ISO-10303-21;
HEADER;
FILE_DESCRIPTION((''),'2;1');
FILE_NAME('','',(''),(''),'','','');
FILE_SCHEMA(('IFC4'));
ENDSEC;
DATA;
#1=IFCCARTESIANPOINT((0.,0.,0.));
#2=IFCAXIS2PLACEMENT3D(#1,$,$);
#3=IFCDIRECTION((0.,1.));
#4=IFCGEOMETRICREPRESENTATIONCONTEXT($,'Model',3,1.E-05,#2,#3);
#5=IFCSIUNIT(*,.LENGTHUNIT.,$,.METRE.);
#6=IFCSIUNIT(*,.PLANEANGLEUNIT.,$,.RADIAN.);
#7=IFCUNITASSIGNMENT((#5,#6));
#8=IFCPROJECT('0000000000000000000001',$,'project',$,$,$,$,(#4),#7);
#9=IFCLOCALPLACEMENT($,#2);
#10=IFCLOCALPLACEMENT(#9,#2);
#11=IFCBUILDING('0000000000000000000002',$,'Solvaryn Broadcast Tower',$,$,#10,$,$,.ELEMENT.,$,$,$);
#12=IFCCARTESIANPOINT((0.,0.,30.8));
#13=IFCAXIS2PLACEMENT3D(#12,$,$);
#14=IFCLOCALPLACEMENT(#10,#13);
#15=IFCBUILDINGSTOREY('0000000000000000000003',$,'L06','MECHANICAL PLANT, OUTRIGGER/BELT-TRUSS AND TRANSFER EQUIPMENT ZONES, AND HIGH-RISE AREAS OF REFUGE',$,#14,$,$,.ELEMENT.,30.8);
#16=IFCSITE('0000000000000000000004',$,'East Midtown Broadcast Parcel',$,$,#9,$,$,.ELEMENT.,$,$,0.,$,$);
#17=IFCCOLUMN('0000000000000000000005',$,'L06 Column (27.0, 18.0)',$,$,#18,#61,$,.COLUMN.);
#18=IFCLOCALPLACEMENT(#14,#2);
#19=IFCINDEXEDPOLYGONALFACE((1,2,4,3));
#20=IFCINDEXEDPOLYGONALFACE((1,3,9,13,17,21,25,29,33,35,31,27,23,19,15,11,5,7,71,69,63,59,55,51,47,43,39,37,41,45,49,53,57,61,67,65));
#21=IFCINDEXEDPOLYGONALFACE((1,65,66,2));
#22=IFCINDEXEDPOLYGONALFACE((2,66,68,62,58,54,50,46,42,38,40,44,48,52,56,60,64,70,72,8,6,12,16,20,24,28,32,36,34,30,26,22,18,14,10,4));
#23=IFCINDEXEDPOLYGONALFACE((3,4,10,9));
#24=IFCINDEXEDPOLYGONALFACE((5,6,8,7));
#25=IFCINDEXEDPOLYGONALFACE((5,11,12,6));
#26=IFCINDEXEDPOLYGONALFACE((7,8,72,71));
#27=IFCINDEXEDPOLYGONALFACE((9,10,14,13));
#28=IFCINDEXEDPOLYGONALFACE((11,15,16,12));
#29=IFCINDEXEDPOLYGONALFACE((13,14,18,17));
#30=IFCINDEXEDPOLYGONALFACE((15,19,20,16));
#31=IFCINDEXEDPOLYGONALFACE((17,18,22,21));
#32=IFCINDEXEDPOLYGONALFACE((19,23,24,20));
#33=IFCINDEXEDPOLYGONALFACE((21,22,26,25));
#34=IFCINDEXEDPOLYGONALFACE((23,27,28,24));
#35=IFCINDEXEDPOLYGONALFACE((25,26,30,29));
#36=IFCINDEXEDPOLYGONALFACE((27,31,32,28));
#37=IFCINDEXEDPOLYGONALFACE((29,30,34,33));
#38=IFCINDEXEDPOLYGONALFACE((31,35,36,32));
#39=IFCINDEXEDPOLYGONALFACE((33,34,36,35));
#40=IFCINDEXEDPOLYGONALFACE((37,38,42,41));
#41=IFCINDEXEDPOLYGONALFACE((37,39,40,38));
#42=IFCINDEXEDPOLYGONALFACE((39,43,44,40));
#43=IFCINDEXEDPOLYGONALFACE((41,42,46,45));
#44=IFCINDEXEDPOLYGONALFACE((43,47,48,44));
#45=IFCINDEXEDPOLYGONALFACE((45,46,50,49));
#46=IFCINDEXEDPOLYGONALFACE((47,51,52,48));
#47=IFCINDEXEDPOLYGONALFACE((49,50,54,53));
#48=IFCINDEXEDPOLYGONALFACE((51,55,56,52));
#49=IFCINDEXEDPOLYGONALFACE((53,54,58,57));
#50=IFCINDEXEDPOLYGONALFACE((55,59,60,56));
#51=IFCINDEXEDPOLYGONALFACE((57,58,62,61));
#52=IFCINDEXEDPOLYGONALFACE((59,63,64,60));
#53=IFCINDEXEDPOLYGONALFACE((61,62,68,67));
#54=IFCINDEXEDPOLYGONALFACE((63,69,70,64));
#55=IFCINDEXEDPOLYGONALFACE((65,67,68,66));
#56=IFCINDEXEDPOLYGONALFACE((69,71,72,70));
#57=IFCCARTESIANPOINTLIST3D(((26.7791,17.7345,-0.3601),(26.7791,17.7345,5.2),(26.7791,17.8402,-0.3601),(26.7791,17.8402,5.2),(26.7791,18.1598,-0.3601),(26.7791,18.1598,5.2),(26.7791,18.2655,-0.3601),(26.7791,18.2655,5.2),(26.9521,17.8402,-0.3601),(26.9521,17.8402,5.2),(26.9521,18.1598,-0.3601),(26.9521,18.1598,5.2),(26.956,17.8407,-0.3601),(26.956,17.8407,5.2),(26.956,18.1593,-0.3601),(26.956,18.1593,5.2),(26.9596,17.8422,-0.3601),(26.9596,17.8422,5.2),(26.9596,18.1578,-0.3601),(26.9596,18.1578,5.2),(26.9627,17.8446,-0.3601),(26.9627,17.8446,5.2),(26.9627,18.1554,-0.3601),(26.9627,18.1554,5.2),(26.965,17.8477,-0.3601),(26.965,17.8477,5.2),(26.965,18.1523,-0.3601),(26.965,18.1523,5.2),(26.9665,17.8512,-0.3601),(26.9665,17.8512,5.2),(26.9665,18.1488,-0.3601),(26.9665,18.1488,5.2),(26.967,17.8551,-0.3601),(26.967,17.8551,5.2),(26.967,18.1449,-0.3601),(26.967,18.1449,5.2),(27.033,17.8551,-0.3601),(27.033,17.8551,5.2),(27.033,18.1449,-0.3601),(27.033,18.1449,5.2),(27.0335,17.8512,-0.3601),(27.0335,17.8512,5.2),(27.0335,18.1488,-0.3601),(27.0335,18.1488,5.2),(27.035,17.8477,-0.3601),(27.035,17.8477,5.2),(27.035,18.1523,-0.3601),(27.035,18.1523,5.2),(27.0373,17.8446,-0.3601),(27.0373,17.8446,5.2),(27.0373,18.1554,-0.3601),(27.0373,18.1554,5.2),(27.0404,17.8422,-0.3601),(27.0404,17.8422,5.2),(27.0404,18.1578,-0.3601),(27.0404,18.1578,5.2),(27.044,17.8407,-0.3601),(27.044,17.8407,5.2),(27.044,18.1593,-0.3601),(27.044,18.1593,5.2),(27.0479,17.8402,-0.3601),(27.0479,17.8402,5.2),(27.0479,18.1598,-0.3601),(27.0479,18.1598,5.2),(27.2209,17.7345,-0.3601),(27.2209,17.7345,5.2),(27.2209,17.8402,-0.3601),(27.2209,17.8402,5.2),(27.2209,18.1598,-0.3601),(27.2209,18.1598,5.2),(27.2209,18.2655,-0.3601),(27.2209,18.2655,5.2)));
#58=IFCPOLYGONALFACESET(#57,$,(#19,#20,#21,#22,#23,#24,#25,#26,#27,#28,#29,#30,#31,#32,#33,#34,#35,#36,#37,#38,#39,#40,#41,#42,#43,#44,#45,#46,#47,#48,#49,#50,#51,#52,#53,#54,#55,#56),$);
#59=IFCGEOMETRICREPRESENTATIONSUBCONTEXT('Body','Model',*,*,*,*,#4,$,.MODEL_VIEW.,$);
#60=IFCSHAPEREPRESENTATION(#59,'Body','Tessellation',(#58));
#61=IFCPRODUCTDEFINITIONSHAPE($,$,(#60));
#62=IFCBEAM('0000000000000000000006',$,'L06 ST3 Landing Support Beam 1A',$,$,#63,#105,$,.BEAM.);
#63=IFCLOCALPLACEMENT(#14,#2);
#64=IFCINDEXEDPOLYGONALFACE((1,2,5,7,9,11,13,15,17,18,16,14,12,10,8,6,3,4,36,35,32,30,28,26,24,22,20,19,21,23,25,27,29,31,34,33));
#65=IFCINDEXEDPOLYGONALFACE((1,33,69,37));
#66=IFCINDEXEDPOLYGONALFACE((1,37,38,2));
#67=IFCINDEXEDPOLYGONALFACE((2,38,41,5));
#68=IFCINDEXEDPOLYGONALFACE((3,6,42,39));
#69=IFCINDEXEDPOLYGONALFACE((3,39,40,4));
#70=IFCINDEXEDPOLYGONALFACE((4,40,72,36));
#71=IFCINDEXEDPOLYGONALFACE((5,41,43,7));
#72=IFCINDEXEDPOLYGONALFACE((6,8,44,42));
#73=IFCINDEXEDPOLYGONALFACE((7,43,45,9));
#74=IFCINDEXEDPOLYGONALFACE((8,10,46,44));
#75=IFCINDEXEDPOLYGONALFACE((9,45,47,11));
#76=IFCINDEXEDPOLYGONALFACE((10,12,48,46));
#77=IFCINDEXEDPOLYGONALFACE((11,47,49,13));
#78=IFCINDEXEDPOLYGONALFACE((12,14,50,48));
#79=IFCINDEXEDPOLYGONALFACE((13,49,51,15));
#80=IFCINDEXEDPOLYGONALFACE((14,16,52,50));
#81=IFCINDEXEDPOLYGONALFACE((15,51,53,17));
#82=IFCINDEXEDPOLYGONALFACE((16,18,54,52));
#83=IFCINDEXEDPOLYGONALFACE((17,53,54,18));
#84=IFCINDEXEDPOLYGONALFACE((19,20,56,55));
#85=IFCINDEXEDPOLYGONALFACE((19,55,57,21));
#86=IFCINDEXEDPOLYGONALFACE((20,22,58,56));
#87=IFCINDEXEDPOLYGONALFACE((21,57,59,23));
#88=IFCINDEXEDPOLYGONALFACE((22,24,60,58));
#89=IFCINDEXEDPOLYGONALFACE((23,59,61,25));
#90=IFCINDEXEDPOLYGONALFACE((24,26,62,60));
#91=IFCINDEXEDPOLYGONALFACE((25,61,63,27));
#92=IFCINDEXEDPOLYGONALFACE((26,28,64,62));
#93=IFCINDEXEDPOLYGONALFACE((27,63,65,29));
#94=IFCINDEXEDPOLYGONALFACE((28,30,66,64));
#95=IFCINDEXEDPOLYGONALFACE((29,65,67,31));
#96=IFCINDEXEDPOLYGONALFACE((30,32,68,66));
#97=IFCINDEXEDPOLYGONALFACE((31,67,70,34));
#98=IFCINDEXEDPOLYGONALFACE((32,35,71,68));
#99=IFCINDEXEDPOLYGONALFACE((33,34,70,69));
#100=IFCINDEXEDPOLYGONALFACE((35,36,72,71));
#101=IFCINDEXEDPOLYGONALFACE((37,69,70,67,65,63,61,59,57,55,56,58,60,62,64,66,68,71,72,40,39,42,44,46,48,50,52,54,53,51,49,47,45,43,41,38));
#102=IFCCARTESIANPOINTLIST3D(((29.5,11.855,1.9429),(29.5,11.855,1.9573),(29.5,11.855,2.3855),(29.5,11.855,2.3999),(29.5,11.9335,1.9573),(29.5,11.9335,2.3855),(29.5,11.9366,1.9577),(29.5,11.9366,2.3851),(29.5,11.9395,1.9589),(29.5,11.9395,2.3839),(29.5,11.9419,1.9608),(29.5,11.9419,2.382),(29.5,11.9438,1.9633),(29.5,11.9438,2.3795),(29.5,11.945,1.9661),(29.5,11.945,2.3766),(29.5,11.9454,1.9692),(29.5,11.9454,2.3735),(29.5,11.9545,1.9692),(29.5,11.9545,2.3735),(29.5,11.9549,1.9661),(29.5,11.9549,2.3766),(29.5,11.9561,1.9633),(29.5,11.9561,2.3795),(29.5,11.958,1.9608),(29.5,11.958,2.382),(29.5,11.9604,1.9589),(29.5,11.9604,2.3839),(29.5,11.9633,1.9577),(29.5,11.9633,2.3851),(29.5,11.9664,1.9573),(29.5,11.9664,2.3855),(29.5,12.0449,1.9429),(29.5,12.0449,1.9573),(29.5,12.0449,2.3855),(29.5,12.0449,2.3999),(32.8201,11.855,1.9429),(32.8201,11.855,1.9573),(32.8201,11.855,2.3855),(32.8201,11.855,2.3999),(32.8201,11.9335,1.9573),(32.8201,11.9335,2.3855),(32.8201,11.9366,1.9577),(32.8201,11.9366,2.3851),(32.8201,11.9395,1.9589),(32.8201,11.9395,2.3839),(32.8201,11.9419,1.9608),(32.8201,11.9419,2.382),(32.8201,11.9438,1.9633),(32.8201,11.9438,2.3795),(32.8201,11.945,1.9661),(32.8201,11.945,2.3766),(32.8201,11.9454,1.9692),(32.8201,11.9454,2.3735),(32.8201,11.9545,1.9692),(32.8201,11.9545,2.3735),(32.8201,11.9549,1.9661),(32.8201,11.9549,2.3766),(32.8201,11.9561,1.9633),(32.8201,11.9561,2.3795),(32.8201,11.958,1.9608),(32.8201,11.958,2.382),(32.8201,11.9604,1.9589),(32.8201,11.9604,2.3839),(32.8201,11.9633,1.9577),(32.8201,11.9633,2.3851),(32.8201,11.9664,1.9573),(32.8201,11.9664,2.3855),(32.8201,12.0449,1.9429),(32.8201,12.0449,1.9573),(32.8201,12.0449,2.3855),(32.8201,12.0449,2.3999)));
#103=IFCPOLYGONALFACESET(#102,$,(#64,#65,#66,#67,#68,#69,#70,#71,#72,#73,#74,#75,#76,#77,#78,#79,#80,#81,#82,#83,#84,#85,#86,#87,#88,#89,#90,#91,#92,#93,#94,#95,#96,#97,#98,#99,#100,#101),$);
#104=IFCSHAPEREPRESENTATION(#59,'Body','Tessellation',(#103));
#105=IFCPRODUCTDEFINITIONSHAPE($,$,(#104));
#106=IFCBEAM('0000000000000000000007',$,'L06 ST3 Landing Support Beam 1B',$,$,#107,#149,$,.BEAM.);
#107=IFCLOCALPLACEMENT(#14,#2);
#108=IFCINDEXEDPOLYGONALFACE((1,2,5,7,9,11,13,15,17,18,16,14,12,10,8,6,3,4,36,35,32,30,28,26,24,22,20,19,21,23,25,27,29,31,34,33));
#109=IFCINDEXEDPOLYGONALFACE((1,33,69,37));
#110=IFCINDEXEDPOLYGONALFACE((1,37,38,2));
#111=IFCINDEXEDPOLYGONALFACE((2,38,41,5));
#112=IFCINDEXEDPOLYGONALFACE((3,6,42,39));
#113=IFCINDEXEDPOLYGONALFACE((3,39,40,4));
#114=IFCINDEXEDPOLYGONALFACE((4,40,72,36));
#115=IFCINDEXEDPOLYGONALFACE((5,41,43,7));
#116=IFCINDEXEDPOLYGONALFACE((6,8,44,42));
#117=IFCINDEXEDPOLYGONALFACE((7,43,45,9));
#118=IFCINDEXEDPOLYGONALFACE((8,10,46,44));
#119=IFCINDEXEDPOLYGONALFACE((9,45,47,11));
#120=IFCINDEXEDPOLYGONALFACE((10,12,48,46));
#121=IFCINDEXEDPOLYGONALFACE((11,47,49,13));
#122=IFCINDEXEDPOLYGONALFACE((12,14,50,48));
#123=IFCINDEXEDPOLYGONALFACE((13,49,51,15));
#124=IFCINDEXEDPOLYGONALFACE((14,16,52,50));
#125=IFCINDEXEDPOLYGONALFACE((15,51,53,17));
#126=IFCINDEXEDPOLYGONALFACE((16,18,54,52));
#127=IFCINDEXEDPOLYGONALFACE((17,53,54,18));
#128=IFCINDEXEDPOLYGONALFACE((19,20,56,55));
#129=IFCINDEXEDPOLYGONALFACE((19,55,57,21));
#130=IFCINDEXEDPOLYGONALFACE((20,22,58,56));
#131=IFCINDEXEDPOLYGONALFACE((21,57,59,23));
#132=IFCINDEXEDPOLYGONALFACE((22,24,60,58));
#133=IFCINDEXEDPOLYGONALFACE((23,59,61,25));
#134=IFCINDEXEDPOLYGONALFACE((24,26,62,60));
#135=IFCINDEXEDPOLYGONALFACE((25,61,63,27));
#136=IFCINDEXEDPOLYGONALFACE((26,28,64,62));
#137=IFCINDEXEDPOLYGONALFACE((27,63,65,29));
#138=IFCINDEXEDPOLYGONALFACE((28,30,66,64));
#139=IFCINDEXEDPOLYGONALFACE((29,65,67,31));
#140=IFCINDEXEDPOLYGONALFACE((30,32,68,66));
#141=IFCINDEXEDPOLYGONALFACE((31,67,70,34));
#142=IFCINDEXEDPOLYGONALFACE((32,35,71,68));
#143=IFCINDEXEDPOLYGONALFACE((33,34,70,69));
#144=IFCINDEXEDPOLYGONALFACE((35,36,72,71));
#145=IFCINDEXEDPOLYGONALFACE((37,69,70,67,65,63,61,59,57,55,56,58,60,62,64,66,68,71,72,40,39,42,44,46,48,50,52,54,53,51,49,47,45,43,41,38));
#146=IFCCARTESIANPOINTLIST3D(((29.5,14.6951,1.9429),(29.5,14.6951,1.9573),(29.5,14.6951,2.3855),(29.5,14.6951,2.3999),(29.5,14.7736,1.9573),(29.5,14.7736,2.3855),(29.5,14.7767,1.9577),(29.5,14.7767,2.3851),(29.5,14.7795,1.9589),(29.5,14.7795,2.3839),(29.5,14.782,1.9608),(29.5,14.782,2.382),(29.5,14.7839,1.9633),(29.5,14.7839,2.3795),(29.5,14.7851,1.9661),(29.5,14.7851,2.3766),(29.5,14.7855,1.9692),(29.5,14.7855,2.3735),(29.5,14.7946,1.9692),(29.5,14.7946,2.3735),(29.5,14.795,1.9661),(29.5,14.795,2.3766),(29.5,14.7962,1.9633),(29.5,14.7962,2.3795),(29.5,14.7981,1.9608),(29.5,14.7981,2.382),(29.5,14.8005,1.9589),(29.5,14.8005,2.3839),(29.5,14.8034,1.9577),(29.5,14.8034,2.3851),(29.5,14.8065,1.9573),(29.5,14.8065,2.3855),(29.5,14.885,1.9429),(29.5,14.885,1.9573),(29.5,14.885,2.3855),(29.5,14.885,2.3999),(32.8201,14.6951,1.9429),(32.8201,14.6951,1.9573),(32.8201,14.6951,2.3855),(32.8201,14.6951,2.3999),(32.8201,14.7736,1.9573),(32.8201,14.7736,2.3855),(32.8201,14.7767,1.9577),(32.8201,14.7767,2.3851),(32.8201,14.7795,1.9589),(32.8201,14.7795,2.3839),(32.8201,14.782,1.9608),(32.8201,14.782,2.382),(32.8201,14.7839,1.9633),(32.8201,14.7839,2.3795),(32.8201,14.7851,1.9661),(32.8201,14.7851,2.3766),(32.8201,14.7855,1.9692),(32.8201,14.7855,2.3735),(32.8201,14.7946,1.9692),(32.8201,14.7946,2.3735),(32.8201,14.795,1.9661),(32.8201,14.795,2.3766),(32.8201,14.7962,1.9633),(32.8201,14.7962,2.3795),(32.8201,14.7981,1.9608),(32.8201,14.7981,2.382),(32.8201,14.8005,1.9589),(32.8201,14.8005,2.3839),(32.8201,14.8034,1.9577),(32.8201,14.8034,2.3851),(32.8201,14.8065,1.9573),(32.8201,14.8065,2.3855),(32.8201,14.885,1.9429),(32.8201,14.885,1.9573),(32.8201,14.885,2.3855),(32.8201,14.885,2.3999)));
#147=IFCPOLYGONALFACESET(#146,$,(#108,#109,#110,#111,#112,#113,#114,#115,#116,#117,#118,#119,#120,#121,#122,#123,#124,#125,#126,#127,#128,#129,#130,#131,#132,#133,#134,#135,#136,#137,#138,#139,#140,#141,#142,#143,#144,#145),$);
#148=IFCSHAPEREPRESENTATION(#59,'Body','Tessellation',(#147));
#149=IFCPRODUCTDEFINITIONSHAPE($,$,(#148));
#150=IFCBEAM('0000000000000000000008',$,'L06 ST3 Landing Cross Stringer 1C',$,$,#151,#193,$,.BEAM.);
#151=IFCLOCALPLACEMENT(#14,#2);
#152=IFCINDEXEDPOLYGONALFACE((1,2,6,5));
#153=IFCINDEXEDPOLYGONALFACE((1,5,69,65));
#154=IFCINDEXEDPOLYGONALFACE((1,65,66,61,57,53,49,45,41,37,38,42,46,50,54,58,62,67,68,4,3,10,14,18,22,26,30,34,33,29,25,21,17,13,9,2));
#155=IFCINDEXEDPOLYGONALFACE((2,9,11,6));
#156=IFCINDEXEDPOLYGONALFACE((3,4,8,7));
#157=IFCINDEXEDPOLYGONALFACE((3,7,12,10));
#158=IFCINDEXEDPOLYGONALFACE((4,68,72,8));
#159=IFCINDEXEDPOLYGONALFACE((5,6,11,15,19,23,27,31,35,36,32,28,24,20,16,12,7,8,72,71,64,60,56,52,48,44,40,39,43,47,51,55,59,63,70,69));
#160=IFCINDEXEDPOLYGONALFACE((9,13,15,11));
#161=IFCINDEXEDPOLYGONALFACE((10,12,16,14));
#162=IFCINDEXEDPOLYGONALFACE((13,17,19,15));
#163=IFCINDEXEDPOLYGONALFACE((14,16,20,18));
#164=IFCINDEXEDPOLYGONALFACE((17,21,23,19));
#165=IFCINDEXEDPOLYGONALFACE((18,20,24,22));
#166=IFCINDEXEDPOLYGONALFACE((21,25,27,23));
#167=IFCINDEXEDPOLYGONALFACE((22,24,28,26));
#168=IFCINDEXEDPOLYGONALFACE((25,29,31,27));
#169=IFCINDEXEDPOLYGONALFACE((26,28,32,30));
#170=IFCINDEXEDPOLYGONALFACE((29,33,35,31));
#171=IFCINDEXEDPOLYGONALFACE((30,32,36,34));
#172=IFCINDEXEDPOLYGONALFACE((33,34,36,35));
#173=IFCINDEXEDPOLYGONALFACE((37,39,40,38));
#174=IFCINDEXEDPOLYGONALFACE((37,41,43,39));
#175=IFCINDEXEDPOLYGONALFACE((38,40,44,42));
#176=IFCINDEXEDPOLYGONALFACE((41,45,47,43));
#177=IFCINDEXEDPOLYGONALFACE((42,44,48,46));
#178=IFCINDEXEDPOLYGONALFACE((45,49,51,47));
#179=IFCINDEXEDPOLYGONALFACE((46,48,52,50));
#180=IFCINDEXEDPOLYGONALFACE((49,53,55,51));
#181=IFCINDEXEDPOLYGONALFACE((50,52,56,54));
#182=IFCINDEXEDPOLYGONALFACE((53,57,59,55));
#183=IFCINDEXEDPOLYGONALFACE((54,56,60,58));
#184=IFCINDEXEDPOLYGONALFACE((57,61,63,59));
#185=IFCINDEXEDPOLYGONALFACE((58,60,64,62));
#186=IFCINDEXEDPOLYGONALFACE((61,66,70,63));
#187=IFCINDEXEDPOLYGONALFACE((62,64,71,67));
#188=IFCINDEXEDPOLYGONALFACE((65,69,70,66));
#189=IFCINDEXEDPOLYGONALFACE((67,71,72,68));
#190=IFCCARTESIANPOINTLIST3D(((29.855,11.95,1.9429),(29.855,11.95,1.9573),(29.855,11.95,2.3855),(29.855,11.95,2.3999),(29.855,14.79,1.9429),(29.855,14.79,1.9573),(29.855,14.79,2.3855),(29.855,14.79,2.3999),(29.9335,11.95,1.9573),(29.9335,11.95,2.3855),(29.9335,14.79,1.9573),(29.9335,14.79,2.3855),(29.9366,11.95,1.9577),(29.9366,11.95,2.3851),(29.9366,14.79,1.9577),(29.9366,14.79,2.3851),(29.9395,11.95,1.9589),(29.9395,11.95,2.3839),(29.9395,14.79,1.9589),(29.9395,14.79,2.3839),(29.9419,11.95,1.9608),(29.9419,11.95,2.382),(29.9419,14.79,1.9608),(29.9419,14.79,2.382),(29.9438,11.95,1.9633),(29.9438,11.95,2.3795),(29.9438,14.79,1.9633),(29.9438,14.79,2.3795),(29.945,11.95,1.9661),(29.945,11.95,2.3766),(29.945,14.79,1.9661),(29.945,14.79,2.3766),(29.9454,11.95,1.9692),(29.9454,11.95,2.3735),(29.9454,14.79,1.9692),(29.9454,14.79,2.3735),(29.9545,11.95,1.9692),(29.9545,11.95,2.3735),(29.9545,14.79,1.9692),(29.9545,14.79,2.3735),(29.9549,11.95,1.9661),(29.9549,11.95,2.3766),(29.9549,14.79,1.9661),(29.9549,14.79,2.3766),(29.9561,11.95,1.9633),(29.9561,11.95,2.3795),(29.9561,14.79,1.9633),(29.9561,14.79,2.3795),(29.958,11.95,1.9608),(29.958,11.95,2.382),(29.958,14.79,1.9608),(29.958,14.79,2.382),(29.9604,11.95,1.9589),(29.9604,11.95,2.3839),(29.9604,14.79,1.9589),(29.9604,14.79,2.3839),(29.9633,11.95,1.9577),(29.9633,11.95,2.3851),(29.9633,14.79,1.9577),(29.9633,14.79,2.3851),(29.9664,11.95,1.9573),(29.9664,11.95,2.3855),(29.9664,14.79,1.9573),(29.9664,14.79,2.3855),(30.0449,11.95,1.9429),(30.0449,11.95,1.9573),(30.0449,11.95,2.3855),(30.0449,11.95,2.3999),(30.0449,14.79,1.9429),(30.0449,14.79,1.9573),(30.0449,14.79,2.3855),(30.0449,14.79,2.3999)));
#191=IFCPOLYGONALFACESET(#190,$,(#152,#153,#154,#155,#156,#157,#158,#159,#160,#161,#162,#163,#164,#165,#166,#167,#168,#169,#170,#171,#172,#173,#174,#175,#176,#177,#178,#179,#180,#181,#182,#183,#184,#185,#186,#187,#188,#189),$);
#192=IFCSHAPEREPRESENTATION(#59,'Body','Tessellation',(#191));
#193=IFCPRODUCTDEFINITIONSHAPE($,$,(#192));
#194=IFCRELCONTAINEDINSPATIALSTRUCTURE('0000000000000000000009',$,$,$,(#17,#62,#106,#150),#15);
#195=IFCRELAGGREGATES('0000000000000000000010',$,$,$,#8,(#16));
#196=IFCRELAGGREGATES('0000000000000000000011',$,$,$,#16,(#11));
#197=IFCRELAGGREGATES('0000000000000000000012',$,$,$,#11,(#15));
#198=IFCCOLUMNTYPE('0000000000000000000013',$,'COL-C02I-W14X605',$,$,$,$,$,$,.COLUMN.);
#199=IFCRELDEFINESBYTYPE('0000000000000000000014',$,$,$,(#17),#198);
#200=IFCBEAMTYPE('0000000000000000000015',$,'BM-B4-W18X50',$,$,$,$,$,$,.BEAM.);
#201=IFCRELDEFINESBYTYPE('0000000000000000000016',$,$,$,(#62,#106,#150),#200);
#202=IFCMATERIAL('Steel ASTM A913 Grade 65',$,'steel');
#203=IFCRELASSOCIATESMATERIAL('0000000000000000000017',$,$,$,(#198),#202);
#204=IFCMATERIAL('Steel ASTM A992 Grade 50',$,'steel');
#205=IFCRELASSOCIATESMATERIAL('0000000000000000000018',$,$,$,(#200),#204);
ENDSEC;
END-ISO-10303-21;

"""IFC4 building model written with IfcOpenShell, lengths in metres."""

from ifc_helpers import new_model, si_unit, direction, frame, origin, origin_2d, place, context, subcontext, project, spatial, i_section, extrude, material, material_profile, profile_set, type_object, element, save


model = new_model("IFC4")

# Units and contexts
model_context = context("Model", 3, precision=1e-05, world=origin(), true_north=direction((0.0, 1.0)))
body_context = subcontext(model_context, "Body", "Model", "MODEL_VIEW")
ifc_project = project(units=[si_unit("LENGTHUNIT", "METRE"), si_unit("PLANEANGLEUNIT", "RADIAN")], contexts=[model_context])

# Site, building, storey
site_placement = place(None, origin())
site = spatial("IfcSite", under=ifc_project, at=site_placement, Name="East Midtown Broadcast Parcel", CompositionType="ELEMENT", RefElevation=0.0)
building_placement = place(site_placement, origin())
building = spatial("IfcBuilding", under=site, at=building_placement, Name="Solvaryn Broadcast Tower", CompositionType="ELEMENT")
storey_placement = place(building_placement, frame((0.0, 0.0, 30.8)))
storey = spatial("IfcBuildingStorey", under=building, at=storey_placement, Name="L06", Description="MECHANICAL PLANT, OUTRIGGER/BELT-TRUSS AND TRANSFER EQUIPMENT ZONES, AND HIGH-RISE AREAS OF REFUGE", CompositionType="ELEMENT", Elevation=30.8)

# Column
ifc_material_1 = material(Name="Steel ASTM A913 Grade 65", Category="steel")
ifc_material_profile_1 = material_profile(ifc_material_1, i_section(OverallWidth=0.4419, OverallDepth=0.531, WebThickness=0.0659, FlangeThickness=0.1057, FilletRadius=0.0149, at=origin_2d()))
ifc_profile_set_1 = profile_set([ifc_material_profile_1], Name="Steel ASTM A913 Grade 65")
column_type = type_object("IfcColumnType", Name="COL-C02I-W14X605", PredefinedType="COLUMN", material=ifc_profile_set_1)
column_placement = place(storey_placement, frame((27.0, 18.0, -0.3601), z_axis=(0.0, 0.0, 1.0), x_axis=(1.0, 0.0, 0.0)))
element("IfcColumn", 1, at=column_placement, inside=storey, type_object=column_type, Name="L06 Column (27.0, 18.0)", PredefinedType="COLUMN", context=body_context, shape_type="SweptSolid", body=[
    extrude(i_section(OverallWidth=0.4419, OverallDepth=0.531, WebThickness=0.0659, FlangeThickness=0.1057, FilletRadius=0.0149, at=origin_2d()), origin(), (0.0, 0.0, 1.0), 5.5601),
])

# Beams
ifc_material_2 = material(Name="Steel ASTM A992 Grade 50", Category="steel")
ifc_material_profile_2 = material_profile(ifc_material_2, i_section(OverallWidth=0.1899, OverallDepth=0.457, WebThickness=0.009, FlangeThickness=0.0144, FilletRadius=0.012, at=origin_2d()))
ifc_profile_set_2 = profile_set([ifc_material_profile_2], Name="Steel ASTM A992 Grade 50")
beam_type_1 = type_object("IfcBeamType", Name="BM-B4-W18X50", PredefinedType="BEAM", material=ifc_profile_set_2)
for number, where, z_axis, x_axis, name in (
    (2, (29.5, 11.95, 2.1714), (1.0, 0.0, 0.0), (0.0, 1.0, 0.0), "L06 ST3 Landing Support Beam 1A"),
    (3, (29.5, 14.79, 2.1714), (1.0, 0.0, 0.0), (0.0, 1.0, 0.0), "L06 ST3 Landing Support Beam 1B"),
):
    element("IfcBeam", number, at=place(storey_placement, frame(where, z_axis=z_axis, x_axis=x_axis)), inside=storey, type_object=beam_type_1, Name=name, PredefinedType="BEAM", context=body_context, shape_type="SweptSolid", body=[
        extrude(i_section(OverallWidth=0.1899, OverallDepth=0.457, WebThickness=0.009, FlangeThickness=0.0144, FilletRadius=0.012, at=origin_2d()), origin(), (0.0, 0.0, 1.0), 3.3201),
    ])
beam_1_placement = place(storey_placement, frame((29.95, 11.95, 2.1714), z_axis=(0.0, 1.0, 0.0), x_axis=(-1.0, 0.0, 0.0)))
element("IfcBeam", 4, at=beam_1_placement, inside=storey, type_object=beam_type_1, Name="L06 ST3 Landing Cross Stringer 1C", PredefinedType="BEAM", context=body_context, shape_type="SweptSolid", body=[
    extrude(i_section(OverallWidth=0.1899, OverallDepth=0.457, WebThickness=0.009, FlangeThickness=0.0144, FilletRadius=0.012, at=origin_2d()), origin(), (0.0, 0.0, 1.0), 2.8401),
])

save(model, "model.ifc")
